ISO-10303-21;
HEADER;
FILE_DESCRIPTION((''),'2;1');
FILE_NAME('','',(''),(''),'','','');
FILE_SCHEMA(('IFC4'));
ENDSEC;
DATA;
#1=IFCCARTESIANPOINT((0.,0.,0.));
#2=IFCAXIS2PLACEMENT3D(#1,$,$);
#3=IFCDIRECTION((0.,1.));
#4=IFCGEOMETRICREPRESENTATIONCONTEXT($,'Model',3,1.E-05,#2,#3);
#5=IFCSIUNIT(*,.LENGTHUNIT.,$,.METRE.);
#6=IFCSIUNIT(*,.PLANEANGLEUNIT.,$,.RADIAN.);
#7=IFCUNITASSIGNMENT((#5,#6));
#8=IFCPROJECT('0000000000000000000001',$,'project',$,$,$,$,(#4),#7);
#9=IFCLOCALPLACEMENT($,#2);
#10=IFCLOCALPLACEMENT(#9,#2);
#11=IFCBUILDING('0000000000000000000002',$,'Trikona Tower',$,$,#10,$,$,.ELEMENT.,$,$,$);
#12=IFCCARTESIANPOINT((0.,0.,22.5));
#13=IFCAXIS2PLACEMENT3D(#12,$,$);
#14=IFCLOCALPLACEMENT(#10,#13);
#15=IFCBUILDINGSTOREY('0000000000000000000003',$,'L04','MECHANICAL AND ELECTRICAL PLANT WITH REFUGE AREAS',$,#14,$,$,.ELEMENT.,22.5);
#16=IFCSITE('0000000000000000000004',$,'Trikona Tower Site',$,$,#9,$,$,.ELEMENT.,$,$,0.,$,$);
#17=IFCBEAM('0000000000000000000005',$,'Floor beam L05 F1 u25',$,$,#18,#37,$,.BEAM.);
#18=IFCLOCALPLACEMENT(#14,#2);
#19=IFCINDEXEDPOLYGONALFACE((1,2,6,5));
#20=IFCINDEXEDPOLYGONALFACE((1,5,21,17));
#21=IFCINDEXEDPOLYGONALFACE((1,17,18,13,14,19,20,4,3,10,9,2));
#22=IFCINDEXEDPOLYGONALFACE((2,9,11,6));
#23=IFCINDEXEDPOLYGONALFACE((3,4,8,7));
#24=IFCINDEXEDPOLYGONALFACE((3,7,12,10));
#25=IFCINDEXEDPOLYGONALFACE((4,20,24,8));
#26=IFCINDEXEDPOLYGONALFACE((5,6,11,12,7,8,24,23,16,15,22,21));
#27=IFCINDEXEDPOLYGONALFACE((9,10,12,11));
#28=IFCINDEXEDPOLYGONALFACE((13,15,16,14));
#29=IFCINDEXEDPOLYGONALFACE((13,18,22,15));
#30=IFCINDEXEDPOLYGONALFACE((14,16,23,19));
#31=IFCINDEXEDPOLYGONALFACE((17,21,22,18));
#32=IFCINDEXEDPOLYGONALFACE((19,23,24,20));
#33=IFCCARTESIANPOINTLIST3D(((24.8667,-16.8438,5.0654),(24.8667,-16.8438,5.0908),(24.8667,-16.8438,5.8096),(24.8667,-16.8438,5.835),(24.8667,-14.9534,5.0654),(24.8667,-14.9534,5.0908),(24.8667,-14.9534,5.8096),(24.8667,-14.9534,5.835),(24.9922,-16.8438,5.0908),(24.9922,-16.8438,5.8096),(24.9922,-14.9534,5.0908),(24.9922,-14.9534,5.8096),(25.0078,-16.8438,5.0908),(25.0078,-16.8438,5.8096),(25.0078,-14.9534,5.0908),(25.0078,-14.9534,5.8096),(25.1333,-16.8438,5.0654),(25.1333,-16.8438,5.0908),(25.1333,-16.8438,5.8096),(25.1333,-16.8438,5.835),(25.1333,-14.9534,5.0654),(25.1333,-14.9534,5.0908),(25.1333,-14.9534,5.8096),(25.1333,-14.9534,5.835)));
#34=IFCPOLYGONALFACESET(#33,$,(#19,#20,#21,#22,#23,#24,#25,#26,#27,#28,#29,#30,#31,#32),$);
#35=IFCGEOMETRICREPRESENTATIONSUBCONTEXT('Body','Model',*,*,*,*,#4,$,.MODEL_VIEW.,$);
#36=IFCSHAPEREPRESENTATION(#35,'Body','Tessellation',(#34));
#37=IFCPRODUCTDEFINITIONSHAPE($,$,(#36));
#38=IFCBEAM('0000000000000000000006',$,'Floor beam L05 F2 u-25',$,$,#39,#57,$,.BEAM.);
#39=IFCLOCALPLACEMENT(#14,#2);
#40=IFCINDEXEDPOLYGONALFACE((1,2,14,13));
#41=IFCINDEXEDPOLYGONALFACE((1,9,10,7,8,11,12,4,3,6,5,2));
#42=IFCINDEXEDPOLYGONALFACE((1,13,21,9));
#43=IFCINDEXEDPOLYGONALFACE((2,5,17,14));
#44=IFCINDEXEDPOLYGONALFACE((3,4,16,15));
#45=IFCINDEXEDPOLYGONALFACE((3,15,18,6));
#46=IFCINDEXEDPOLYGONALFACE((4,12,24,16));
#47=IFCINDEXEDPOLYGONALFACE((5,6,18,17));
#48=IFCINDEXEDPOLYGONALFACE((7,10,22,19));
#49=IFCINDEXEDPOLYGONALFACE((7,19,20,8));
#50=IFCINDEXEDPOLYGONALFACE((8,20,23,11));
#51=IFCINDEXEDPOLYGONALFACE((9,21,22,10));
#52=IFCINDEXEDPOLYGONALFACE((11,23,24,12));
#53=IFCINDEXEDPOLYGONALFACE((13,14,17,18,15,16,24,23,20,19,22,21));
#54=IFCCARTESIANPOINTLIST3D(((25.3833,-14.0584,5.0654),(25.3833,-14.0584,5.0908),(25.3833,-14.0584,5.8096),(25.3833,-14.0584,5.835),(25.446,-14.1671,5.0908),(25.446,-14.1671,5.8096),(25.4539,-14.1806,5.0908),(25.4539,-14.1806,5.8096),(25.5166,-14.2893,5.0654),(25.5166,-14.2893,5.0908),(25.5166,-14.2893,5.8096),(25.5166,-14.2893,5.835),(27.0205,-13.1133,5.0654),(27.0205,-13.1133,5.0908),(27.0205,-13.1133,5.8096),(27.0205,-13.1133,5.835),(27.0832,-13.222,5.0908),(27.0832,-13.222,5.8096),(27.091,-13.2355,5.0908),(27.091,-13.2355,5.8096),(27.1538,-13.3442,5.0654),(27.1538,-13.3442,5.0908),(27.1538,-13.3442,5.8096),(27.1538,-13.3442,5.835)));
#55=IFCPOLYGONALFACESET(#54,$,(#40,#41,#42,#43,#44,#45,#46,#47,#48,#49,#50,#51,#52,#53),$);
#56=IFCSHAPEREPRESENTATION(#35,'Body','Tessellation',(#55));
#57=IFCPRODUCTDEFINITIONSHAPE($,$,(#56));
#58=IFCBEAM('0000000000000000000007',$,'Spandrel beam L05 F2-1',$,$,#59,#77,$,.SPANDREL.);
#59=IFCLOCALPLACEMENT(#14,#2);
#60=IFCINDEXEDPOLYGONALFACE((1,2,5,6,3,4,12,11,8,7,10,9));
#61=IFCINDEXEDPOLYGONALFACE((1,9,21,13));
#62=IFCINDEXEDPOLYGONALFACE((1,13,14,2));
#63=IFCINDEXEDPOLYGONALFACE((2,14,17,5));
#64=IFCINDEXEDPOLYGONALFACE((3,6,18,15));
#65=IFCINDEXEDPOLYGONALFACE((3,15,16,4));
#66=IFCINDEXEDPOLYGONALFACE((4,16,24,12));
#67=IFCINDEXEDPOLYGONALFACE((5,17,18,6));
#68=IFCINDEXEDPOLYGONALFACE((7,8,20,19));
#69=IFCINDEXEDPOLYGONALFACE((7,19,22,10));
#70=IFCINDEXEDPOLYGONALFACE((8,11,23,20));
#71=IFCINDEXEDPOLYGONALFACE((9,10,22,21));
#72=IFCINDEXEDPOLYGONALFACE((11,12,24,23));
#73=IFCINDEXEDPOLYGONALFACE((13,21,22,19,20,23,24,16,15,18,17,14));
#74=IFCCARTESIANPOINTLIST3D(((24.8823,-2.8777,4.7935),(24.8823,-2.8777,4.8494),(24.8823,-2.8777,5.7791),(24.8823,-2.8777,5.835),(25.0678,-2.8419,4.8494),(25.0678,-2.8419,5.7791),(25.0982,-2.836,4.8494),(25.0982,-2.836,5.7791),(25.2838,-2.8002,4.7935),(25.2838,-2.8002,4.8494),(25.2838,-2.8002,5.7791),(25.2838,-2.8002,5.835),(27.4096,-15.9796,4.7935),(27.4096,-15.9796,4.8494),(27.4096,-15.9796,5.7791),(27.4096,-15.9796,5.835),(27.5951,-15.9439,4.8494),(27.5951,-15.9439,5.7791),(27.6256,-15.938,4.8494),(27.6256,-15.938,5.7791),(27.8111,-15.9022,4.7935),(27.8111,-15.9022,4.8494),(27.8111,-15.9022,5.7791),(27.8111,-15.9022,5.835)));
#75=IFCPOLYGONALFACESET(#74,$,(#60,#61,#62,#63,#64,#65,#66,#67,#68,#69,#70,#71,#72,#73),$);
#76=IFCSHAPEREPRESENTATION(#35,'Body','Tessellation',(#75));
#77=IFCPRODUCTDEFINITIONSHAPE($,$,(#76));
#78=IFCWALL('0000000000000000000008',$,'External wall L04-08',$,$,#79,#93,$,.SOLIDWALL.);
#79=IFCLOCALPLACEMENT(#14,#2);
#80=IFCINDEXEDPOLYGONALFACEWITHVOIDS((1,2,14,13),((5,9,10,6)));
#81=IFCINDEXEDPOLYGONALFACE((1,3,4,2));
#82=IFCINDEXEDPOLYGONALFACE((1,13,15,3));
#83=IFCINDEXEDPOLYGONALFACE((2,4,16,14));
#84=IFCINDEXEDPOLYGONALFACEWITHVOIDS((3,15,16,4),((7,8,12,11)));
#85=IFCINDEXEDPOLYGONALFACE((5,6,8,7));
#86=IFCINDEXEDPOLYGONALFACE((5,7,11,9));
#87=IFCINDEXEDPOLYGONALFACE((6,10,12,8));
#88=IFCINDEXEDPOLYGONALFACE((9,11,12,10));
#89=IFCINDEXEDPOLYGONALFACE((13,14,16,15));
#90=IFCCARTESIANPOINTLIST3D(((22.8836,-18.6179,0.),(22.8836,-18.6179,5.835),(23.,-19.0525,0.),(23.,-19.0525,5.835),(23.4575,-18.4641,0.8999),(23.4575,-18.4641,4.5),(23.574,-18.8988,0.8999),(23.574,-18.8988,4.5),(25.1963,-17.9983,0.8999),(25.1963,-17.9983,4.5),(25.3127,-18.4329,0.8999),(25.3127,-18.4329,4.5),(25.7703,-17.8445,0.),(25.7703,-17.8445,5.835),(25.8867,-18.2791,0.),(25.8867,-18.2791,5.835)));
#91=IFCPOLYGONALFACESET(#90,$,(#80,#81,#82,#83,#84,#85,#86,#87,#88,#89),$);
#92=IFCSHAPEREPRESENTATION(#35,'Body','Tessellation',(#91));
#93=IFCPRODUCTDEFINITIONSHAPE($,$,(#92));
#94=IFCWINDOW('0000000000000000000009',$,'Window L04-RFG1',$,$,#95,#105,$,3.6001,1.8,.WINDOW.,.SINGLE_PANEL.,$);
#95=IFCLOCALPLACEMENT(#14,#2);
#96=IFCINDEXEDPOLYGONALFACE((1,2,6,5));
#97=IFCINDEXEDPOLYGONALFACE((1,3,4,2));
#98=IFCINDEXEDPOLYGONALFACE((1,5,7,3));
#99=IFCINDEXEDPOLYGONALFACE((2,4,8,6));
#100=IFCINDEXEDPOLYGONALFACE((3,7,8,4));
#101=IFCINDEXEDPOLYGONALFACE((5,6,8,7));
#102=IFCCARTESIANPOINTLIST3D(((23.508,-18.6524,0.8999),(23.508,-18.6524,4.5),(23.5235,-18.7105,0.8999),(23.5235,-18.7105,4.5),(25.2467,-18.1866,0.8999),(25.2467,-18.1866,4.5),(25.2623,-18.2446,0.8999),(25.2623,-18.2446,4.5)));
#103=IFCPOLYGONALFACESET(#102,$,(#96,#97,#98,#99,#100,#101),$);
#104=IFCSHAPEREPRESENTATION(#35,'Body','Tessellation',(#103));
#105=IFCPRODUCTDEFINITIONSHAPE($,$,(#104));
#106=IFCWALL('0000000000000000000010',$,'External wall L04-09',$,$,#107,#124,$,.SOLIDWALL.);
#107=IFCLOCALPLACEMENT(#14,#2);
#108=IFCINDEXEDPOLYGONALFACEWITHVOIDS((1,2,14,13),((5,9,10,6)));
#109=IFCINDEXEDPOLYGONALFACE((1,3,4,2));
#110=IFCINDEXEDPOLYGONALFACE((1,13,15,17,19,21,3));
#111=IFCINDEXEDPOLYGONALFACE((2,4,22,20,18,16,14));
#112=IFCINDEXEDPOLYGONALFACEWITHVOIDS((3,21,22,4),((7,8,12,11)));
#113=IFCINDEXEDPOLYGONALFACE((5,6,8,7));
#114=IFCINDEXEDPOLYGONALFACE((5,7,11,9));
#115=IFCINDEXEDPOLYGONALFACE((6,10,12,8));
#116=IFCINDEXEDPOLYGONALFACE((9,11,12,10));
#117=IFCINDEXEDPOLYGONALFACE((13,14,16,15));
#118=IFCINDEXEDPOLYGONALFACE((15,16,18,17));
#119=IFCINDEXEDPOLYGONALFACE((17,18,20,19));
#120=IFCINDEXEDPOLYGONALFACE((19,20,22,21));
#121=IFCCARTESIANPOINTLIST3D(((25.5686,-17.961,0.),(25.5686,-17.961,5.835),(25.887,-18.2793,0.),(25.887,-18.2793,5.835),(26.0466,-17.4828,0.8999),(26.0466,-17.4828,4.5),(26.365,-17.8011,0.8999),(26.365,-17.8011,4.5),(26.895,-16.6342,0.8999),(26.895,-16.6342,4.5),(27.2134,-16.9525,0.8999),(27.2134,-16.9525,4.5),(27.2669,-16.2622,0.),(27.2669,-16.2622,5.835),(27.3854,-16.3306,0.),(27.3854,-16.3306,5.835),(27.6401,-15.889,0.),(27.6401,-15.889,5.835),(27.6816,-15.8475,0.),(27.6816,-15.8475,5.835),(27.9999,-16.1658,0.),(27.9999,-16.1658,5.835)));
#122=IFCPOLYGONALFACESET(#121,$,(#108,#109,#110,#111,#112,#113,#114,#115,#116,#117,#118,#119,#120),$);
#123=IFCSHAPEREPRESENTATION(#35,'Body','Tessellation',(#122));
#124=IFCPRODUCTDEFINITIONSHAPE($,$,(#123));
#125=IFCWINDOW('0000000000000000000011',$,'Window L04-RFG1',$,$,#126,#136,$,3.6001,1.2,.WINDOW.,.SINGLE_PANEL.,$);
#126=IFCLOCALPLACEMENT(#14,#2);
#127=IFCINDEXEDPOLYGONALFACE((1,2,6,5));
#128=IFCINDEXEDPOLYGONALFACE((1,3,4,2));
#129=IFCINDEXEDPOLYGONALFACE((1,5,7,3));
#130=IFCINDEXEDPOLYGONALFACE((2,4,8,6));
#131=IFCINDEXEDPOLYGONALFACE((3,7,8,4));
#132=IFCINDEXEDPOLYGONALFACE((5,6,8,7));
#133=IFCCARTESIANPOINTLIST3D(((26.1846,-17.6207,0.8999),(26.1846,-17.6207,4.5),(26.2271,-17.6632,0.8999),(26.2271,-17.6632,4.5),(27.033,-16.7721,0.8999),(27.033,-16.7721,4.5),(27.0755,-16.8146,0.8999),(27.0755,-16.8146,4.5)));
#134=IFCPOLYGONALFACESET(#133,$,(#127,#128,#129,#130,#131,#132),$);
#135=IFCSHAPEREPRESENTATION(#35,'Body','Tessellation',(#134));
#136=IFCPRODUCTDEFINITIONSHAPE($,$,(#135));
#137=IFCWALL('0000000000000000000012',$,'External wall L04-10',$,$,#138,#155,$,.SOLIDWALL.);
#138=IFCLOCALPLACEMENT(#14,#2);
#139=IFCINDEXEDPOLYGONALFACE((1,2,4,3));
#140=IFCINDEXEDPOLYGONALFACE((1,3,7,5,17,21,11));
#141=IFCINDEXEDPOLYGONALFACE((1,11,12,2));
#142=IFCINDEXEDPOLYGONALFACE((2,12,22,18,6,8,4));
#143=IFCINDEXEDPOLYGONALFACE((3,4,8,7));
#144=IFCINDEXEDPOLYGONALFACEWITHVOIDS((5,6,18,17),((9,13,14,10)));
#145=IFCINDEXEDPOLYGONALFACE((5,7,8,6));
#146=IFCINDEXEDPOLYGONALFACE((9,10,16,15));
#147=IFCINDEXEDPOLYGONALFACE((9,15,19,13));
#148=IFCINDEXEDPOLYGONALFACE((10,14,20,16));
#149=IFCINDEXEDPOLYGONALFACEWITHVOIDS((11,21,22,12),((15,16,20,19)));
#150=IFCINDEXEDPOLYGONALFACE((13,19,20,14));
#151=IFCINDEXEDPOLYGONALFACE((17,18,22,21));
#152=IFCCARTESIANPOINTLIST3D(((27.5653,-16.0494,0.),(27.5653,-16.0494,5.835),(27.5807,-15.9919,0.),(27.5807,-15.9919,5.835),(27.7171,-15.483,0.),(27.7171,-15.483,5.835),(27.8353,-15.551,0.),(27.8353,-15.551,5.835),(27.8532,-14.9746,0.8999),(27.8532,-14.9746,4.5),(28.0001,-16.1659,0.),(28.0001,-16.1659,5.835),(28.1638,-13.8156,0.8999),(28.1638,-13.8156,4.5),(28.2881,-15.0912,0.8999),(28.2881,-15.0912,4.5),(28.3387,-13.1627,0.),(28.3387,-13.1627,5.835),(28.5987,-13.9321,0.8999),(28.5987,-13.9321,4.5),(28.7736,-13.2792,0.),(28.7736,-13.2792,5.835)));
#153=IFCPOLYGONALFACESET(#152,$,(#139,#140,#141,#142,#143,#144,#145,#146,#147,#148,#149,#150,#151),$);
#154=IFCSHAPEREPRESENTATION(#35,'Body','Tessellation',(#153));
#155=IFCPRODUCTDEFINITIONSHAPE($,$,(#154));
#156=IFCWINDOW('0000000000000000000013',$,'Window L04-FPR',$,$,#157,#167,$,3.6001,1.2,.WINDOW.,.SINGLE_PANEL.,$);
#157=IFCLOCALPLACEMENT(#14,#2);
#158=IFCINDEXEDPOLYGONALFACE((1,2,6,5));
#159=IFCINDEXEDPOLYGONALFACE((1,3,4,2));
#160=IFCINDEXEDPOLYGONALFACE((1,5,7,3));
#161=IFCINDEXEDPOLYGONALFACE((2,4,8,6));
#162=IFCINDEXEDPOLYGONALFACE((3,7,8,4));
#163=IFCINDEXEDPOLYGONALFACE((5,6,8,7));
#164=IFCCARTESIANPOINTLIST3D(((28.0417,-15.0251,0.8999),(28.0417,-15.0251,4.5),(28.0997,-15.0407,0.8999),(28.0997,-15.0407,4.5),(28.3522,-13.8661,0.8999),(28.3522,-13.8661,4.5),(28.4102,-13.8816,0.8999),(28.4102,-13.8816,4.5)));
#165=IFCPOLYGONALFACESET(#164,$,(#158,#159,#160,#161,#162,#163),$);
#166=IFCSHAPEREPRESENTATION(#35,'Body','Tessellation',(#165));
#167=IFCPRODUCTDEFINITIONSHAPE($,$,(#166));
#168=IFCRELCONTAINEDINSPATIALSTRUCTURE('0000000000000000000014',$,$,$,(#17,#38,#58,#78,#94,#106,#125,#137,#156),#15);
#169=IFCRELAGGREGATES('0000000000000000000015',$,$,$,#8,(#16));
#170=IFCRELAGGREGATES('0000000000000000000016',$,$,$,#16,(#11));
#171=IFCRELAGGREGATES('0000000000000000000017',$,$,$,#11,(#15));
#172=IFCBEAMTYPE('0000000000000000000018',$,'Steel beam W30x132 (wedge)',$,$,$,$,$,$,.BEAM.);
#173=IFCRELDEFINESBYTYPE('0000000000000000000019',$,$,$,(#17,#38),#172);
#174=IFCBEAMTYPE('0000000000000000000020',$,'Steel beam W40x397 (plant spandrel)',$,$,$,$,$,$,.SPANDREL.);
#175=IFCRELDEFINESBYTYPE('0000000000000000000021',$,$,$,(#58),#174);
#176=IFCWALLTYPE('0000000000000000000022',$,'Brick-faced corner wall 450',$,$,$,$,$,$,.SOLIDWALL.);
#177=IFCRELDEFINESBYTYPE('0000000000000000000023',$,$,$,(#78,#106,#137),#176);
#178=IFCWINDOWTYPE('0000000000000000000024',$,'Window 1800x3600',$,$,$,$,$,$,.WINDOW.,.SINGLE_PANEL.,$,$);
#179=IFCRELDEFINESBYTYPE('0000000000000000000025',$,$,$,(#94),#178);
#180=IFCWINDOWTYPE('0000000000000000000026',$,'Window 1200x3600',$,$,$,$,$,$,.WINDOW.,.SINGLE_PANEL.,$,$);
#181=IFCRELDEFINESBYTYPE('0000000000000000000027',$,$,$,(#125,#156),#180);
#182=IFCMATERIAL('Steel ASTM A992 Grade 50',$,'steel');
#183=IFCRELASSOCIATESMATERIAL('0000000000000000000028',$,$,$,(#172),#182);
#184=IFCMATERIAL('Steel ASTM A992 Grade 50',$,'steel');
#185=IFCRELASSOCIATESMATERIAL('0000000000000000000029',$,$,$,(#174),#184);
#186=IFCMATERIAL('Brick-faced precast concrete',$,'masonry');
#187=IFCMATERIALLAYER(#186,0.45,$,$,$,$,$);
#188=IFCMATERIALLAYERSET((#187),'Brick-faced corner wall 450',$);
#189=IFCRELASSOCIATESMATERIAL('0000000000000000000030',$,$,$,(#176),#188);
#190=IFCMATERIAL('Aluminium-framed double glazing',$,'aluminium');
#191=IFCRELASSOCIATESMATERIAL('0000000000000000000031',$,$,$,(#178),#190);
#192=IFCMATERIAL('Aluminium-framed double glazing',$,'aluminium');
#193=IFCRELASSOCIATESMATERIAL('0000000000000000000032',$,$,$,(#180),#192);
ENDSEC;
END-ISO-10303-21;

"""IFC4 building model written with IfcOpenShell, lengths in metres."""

from ifc_helpers import new_model, si_unit, direction, frame, frame_2d, origin, origin_2d, place, context, subcontext, project, spatial, polyline, rectangle, i_section, outline, extrude, material, layer, layer_set, material_profile, profile_set, type_object, element, fill, save


model = new_model("IFC4")

# Units and contexts
model_context = context("Model", 3, precision=1e-05, world=origin(), true_north=direction((0.0, 1.0)))
body_context = subcontext(model_context, "Body", "Model", "MODEL_VIEW")
ifc_project = project(units=[si_unit("LENGTHUNIT", "METRE"), si_unit("PLANEANGLEUNIT", "RADIAN")], contexts=[model_context])

# Site, building, storey
site_placement = place(None, origin())
site = spatial("IfcSite", under=ifc_project, at=site_placement, Name="Trikona Tower Site", CompositionType="ELEMENT", RefElevation=0.0)
building_placement = place(site_placement, origin())
building = spatial("IfcBuilding", under=site, at=building_placement, Name="Trikona Tower", CompositionType="ELEMENT")
storey_placement = place(building_placement, frame((0.0, 0.0, 22.5)))
storey = spatial("IfcBuildingStorey", under=building, at=storey_placement, Name="L04", Description="MECHANICAL AND ELECTRICAL PLANT WITH REFUGE AREAS", CompositionType="ELEMENT", Elevation=22.5)

# Beams
ifc_material_1 = material(Name="Steel ASTM A992 Grade 50", Category="steel")
ifc_material_profile_1 = material_profile(ifc_material_1, i_section(OverallWidth=0.2666, OverallDepth=0.7695, WebThickness=0.0156, FlangeThickness=0.0254, at=origin_2d()), Name="W30X132")
ifc_profile_set_1 = profile_set([ifc_material_profile_1], Name="Steel ASTM A992 Grade 50")
beam_type_1 = type_object("IfcBeamType", Name="Steel beam W30x132 (wedge)", PredefinedType="BEAM", material=ifc_profile_set_1)
for number, where, z_axis, x_axis, name in (
    (1, (25.0, -14.9534, 5.4502), (0.0, -1.0, 0.0), (1.0, 0.0, 0.0), "Floor beam L05 F1 u25"),
    (2, (25.45, -14.1738, 5.4502), (0.866065, 0.499931, 0.0), (-0.499931, 0.866065, 0.0), "Floor beam L05 F2 u-25"),
):
    element("IfcBeam", number, at=place(storey_placement, frame(where, z_axis=z_axis, x_axis=x_axis)), inside=storey, type_object=beam_type_1, Name=name, PredefinedType="BEAM", context=body_context, shape_type="SweptSolid", body=[
        extrude(i_section(OverallWidth=0.2666, OverallDepth=0.7695, WebThickness=0.0156, FlangeThickness=0.0254, at=origin_2d()), origin(), (0.0, 0.0, 1.0), 1.8904),
    ])
ifc_material_2 = material(Name="Steel ASTM A992 Grade 50", Category="steel")
ifc_material_profile_2 = material_profile(ifc_material_2, i_section(OverallWidth=0.4089, OverallDepth=1.0415, WebThickness=0.031, FlangeThickness=0.0559, at=origin_2d()), Name="W40X397")
ifc_profile_set_2 = profile_set([ifc_material_profile_2], Name="Steel ASTM A992 Grade 50")
beam_type_2 = type_object("IfcBeamType", Name="Steel beam W40x397 (plant spandrel)", PredefinedType="SPANDREL", material=ifc_profile_set_2)
beam_placement = place(storey_placement, frame((27.6104, -15.9409, 5.3142), z_axis=(-0.189405, 0.981899, 0.0), x_axis=(-0.981899, -0.189405, 0.0)))
element("IfcBeam", 3, at=beam_placement, inside=storey, type_object=beam_type_2, Name="Spandrel beam L05 F2-1", PredefinedType="SPANDREL", context=body_context, shape_type="SweptSolid", body=[
    extrude(i_section(OverallWidth=0.4089, OverallDepth=1.0415, WebThickness=0.031, FlangeThickness=0.0559, at=origin_2d()), origin(), (0.0, 0.0, 1.0), 13.3435),
])

# Walls, openings, windows
ifc_material_3 = material(Name="Brick-faced precast concrete", Category="masonry")
ifc_layer_1 = layer(ifc_material_3, 0.45)
ifc_layer_set_1 = layer_set([ifc_layer_1], Name="Brick-faced corner wall 450")
wall_type_1 = type_object("IfcWallType", Name="Brick-faced corner wall 450", PredefinedType="SOLIDWALL", material=ifc_layer_set_1)
wall_1_placement = place(storey_placement, frame((22.9419, -18.8352, 0.0), z_axis=(0.0, 0.0, 1.0), x_axis=(0.965931, 0.258801, 0.0)))
wall_1 = element("IfcWall", 4, at=wall_1_placement, inside=storey, type_object=wall_type_1, Name="External wall L04-08", PredefinedType="SOLIDWALL", context=body_context, shape_type="SweptSolid", body=[
    extrude(rectangle(XDim=2.9885, YDim=0.45, at=frame_2d((1.4941, 0.0))), origin(), (0.0, 0.0, 1.0), 5.835),
])
opening_1_placement = place(wall_1_placement, frame((0.5942, 0.0, 0.8999)))
opening_1 = element("IfcOpeningElement", 5, at=opening_1_placement, cuts=wall_1, PredefinedType="OPENING", context=body_context, shape_type="SweptSolid", body=[
    extrude(rectangle(XDim=1.8, YDim=3.6001, at=frame_2d((0.8999, 1.8))), frame((0.0, 0.2349, 0.0), z_axis=(0.0, -1.0, 0.0), x_axis=(1.0, 0.0, 0.0)), (0.0, 0.0, 1.0), 0.47),
])
ifc_material_4 = material(Name="Aluminium-framed double glazing", Category="aluminium")
window_type_1 = type_object("IfcWindowType", Name="Window 1800x3600", PartitioningType="SINGLE_PANEL", PredefinedType="WINDOW", material=ifc_material_4)
window_1_placement = place(opening_1_placement, origin())
window_1 = element("IfcWindow", 6, at=window_1_placement, inside=storey, type_object=window_type_1, Name="Window L04-RFG1", OverallHeight=3.6001, OverallWidth=1.8, PartitioningType="SINGLE_PANEL", PredefinedType="WINDOW", context=body_context, shape_type="SweptSolid", body=[
    extrude(rectangle(XDim=1.8, YDim=3.6001, at=frame_2d((0.8999, 1.8))), frame((0.0, 0.03, 0.0), z_axis=(0.0, -1.0, 0.0), x_axis=(1.0, 0.0, 0.0)), (0.0, 0.0, 1.0), 0.0601),
])
fill(opening_1, window_1)
wall_2_placement = place(storey_placement, frame((25.7278, -18.1201, 0.0), z_axis=(0.0, 0.0, 1.0), x_axis=(0.707025, 0.707188, 0.0)))
wall_2 = element("IfcWall", 7, at=wall_2_placement, inside=storey, type_object=wall_type_1, Name="External wall L04-09", PredefinedType="SOLIDWALL", context=body_context, shape_type="SweptSolid", body=[
    extrude(outline(polyline([(2.9885, 0.2251), (2.9299, 0.2251), (2.4375, 0.093), (2.4021, 0.2251), (0.0, 0.2251), (0.0, -0.2251), (2.9885, -0.2251), (2.9885, 0.2251)])), origin(), (0.0, 0.0, 1.0), 5.835),
])
opening_2_placement = place(wall_2_placement, frame((0.676, 0.0, 0.8999)))
opening_2 = element("IfcOpeningElement", 8, at=opening_2_placement, cuts=wall_2, PredefinedType="OPENING", context=body_context, shape_type="SweptSolid", body=[
    extrude(rectangle(XDim=1.2, YDim=3.6001, at=frame_2d((0.6001, 1.8))), frame((0.0, 0.2349, 0.0), z_axis=(0.0, -1.0, 0.0), x_axis=(1.0, 0.0, 0.0)), (0.0, 0.0, 1.0), 0.47),
])
ifc_material_5 = material(Name="Aluminium-framed double glazing", Category="aluminium")
window_type_2 = type_object("IfcWindowType", Name="Window 1200x3600", PartitioningType="SINGLE_PANEL", PredefinedType="WINDOW", material=ifc_material_5)
window_2_placement = place(opening_2_placement, origin())
window_2 = element("IfcWindow", 9, at=window_2_placement, inside=storey, type_object=window_type_2, Name="Window L04-RFG1", OverallHeight=3.6001, OverallWidth=1.2, PartitioningType="SINGLE_PANEL", PredefinedType="WINDOW", context=body_context, shape_type="SweptSolid", body=[
    extrude(rectangle(XDim=1.2, YDim=3.6001, at=frame_2d((0.6001, 1.8))), frame((0.0, 0.03, 0.0), z_axis=(0.0, -1.0, 0.0), x_axis=(1.0, 0.0, 0.0)), (0.0, 0.0, 1.0), 0.0601),
])
fill(opening_2, window_2)
wall_3_placement = place(storey_placement, frame((27.7827, -16.1077, 0.0), z_axis=(0.0, 0.0, 1.0), x_axis=(0.258801, 0.965931, 0.0)))
wall_3 = element("IfcWall", 10, at=wall_3_placement, inside=storey, type_object=wall_type_1, Name="External wall L04-10", PredefinedType="SOLIDWALL", context=body_context, shape_type="SweptSolid", body=[
    extrude(outline(polyline([(2.9885, 0.2251), (0.5864, 0.2251), (0.5513, 0.0933), (0.0596, 0.2251), (0.0, 0.2251), (0.0, -0.2251), (2.9885, -0.2251), (2.9885, 0.2251)])), origin(), (0.0, 0.0, 1.0), 5.835),
])
opening_3_placement = place(wall_3_placement, frame((1.1125, 0.0, 0.8999)))
opening_3 = element("IfcOpeningElement", 11, at=opening_3_placement, cuts=wall_3, PredefinedType="OPENING", context=body_context, shape_type="SweptSolid", body=[
    extrude(rectangle(XDim=1.2, YDim=3.6001, at=frame_2d((0.6001, 1.8))), frame((0.0, 0.2349, 0.0), z_axis=(0.0, -1.0, 0.0), x_axis=(1.0, 0.0, 0.0)), (0.0, 0.0, 1.0), 0.47),
])
window_3_placement = place(opening_3_placement, origin())
window_3 = element("IfcWindow", 12, at=window_3_placement, inside=storey, type_object=window_type_2, Name="Window L04-FPR", OverallHeight=3.6001, OverallWidth=1.2, PartitioningType="SINGLE_PANEL", PredefinedType="WINDOW", context=body_context, shape_type="SweptSolid", body=[
    extrude(rectangle(XDim=1.2, YDim=3.6001, at=frame_2d((0.6001, 1.8))), frame((0.0, 0.03, 0.0), z_axis=(0.0, -1.0, 0.0), x_axis=(1.0, 0.0, 0.0)), (0.0, 0.0, 1.0), 0.0601),
])
fill(opening_3, window_3)

save(model, "model.ifc")
